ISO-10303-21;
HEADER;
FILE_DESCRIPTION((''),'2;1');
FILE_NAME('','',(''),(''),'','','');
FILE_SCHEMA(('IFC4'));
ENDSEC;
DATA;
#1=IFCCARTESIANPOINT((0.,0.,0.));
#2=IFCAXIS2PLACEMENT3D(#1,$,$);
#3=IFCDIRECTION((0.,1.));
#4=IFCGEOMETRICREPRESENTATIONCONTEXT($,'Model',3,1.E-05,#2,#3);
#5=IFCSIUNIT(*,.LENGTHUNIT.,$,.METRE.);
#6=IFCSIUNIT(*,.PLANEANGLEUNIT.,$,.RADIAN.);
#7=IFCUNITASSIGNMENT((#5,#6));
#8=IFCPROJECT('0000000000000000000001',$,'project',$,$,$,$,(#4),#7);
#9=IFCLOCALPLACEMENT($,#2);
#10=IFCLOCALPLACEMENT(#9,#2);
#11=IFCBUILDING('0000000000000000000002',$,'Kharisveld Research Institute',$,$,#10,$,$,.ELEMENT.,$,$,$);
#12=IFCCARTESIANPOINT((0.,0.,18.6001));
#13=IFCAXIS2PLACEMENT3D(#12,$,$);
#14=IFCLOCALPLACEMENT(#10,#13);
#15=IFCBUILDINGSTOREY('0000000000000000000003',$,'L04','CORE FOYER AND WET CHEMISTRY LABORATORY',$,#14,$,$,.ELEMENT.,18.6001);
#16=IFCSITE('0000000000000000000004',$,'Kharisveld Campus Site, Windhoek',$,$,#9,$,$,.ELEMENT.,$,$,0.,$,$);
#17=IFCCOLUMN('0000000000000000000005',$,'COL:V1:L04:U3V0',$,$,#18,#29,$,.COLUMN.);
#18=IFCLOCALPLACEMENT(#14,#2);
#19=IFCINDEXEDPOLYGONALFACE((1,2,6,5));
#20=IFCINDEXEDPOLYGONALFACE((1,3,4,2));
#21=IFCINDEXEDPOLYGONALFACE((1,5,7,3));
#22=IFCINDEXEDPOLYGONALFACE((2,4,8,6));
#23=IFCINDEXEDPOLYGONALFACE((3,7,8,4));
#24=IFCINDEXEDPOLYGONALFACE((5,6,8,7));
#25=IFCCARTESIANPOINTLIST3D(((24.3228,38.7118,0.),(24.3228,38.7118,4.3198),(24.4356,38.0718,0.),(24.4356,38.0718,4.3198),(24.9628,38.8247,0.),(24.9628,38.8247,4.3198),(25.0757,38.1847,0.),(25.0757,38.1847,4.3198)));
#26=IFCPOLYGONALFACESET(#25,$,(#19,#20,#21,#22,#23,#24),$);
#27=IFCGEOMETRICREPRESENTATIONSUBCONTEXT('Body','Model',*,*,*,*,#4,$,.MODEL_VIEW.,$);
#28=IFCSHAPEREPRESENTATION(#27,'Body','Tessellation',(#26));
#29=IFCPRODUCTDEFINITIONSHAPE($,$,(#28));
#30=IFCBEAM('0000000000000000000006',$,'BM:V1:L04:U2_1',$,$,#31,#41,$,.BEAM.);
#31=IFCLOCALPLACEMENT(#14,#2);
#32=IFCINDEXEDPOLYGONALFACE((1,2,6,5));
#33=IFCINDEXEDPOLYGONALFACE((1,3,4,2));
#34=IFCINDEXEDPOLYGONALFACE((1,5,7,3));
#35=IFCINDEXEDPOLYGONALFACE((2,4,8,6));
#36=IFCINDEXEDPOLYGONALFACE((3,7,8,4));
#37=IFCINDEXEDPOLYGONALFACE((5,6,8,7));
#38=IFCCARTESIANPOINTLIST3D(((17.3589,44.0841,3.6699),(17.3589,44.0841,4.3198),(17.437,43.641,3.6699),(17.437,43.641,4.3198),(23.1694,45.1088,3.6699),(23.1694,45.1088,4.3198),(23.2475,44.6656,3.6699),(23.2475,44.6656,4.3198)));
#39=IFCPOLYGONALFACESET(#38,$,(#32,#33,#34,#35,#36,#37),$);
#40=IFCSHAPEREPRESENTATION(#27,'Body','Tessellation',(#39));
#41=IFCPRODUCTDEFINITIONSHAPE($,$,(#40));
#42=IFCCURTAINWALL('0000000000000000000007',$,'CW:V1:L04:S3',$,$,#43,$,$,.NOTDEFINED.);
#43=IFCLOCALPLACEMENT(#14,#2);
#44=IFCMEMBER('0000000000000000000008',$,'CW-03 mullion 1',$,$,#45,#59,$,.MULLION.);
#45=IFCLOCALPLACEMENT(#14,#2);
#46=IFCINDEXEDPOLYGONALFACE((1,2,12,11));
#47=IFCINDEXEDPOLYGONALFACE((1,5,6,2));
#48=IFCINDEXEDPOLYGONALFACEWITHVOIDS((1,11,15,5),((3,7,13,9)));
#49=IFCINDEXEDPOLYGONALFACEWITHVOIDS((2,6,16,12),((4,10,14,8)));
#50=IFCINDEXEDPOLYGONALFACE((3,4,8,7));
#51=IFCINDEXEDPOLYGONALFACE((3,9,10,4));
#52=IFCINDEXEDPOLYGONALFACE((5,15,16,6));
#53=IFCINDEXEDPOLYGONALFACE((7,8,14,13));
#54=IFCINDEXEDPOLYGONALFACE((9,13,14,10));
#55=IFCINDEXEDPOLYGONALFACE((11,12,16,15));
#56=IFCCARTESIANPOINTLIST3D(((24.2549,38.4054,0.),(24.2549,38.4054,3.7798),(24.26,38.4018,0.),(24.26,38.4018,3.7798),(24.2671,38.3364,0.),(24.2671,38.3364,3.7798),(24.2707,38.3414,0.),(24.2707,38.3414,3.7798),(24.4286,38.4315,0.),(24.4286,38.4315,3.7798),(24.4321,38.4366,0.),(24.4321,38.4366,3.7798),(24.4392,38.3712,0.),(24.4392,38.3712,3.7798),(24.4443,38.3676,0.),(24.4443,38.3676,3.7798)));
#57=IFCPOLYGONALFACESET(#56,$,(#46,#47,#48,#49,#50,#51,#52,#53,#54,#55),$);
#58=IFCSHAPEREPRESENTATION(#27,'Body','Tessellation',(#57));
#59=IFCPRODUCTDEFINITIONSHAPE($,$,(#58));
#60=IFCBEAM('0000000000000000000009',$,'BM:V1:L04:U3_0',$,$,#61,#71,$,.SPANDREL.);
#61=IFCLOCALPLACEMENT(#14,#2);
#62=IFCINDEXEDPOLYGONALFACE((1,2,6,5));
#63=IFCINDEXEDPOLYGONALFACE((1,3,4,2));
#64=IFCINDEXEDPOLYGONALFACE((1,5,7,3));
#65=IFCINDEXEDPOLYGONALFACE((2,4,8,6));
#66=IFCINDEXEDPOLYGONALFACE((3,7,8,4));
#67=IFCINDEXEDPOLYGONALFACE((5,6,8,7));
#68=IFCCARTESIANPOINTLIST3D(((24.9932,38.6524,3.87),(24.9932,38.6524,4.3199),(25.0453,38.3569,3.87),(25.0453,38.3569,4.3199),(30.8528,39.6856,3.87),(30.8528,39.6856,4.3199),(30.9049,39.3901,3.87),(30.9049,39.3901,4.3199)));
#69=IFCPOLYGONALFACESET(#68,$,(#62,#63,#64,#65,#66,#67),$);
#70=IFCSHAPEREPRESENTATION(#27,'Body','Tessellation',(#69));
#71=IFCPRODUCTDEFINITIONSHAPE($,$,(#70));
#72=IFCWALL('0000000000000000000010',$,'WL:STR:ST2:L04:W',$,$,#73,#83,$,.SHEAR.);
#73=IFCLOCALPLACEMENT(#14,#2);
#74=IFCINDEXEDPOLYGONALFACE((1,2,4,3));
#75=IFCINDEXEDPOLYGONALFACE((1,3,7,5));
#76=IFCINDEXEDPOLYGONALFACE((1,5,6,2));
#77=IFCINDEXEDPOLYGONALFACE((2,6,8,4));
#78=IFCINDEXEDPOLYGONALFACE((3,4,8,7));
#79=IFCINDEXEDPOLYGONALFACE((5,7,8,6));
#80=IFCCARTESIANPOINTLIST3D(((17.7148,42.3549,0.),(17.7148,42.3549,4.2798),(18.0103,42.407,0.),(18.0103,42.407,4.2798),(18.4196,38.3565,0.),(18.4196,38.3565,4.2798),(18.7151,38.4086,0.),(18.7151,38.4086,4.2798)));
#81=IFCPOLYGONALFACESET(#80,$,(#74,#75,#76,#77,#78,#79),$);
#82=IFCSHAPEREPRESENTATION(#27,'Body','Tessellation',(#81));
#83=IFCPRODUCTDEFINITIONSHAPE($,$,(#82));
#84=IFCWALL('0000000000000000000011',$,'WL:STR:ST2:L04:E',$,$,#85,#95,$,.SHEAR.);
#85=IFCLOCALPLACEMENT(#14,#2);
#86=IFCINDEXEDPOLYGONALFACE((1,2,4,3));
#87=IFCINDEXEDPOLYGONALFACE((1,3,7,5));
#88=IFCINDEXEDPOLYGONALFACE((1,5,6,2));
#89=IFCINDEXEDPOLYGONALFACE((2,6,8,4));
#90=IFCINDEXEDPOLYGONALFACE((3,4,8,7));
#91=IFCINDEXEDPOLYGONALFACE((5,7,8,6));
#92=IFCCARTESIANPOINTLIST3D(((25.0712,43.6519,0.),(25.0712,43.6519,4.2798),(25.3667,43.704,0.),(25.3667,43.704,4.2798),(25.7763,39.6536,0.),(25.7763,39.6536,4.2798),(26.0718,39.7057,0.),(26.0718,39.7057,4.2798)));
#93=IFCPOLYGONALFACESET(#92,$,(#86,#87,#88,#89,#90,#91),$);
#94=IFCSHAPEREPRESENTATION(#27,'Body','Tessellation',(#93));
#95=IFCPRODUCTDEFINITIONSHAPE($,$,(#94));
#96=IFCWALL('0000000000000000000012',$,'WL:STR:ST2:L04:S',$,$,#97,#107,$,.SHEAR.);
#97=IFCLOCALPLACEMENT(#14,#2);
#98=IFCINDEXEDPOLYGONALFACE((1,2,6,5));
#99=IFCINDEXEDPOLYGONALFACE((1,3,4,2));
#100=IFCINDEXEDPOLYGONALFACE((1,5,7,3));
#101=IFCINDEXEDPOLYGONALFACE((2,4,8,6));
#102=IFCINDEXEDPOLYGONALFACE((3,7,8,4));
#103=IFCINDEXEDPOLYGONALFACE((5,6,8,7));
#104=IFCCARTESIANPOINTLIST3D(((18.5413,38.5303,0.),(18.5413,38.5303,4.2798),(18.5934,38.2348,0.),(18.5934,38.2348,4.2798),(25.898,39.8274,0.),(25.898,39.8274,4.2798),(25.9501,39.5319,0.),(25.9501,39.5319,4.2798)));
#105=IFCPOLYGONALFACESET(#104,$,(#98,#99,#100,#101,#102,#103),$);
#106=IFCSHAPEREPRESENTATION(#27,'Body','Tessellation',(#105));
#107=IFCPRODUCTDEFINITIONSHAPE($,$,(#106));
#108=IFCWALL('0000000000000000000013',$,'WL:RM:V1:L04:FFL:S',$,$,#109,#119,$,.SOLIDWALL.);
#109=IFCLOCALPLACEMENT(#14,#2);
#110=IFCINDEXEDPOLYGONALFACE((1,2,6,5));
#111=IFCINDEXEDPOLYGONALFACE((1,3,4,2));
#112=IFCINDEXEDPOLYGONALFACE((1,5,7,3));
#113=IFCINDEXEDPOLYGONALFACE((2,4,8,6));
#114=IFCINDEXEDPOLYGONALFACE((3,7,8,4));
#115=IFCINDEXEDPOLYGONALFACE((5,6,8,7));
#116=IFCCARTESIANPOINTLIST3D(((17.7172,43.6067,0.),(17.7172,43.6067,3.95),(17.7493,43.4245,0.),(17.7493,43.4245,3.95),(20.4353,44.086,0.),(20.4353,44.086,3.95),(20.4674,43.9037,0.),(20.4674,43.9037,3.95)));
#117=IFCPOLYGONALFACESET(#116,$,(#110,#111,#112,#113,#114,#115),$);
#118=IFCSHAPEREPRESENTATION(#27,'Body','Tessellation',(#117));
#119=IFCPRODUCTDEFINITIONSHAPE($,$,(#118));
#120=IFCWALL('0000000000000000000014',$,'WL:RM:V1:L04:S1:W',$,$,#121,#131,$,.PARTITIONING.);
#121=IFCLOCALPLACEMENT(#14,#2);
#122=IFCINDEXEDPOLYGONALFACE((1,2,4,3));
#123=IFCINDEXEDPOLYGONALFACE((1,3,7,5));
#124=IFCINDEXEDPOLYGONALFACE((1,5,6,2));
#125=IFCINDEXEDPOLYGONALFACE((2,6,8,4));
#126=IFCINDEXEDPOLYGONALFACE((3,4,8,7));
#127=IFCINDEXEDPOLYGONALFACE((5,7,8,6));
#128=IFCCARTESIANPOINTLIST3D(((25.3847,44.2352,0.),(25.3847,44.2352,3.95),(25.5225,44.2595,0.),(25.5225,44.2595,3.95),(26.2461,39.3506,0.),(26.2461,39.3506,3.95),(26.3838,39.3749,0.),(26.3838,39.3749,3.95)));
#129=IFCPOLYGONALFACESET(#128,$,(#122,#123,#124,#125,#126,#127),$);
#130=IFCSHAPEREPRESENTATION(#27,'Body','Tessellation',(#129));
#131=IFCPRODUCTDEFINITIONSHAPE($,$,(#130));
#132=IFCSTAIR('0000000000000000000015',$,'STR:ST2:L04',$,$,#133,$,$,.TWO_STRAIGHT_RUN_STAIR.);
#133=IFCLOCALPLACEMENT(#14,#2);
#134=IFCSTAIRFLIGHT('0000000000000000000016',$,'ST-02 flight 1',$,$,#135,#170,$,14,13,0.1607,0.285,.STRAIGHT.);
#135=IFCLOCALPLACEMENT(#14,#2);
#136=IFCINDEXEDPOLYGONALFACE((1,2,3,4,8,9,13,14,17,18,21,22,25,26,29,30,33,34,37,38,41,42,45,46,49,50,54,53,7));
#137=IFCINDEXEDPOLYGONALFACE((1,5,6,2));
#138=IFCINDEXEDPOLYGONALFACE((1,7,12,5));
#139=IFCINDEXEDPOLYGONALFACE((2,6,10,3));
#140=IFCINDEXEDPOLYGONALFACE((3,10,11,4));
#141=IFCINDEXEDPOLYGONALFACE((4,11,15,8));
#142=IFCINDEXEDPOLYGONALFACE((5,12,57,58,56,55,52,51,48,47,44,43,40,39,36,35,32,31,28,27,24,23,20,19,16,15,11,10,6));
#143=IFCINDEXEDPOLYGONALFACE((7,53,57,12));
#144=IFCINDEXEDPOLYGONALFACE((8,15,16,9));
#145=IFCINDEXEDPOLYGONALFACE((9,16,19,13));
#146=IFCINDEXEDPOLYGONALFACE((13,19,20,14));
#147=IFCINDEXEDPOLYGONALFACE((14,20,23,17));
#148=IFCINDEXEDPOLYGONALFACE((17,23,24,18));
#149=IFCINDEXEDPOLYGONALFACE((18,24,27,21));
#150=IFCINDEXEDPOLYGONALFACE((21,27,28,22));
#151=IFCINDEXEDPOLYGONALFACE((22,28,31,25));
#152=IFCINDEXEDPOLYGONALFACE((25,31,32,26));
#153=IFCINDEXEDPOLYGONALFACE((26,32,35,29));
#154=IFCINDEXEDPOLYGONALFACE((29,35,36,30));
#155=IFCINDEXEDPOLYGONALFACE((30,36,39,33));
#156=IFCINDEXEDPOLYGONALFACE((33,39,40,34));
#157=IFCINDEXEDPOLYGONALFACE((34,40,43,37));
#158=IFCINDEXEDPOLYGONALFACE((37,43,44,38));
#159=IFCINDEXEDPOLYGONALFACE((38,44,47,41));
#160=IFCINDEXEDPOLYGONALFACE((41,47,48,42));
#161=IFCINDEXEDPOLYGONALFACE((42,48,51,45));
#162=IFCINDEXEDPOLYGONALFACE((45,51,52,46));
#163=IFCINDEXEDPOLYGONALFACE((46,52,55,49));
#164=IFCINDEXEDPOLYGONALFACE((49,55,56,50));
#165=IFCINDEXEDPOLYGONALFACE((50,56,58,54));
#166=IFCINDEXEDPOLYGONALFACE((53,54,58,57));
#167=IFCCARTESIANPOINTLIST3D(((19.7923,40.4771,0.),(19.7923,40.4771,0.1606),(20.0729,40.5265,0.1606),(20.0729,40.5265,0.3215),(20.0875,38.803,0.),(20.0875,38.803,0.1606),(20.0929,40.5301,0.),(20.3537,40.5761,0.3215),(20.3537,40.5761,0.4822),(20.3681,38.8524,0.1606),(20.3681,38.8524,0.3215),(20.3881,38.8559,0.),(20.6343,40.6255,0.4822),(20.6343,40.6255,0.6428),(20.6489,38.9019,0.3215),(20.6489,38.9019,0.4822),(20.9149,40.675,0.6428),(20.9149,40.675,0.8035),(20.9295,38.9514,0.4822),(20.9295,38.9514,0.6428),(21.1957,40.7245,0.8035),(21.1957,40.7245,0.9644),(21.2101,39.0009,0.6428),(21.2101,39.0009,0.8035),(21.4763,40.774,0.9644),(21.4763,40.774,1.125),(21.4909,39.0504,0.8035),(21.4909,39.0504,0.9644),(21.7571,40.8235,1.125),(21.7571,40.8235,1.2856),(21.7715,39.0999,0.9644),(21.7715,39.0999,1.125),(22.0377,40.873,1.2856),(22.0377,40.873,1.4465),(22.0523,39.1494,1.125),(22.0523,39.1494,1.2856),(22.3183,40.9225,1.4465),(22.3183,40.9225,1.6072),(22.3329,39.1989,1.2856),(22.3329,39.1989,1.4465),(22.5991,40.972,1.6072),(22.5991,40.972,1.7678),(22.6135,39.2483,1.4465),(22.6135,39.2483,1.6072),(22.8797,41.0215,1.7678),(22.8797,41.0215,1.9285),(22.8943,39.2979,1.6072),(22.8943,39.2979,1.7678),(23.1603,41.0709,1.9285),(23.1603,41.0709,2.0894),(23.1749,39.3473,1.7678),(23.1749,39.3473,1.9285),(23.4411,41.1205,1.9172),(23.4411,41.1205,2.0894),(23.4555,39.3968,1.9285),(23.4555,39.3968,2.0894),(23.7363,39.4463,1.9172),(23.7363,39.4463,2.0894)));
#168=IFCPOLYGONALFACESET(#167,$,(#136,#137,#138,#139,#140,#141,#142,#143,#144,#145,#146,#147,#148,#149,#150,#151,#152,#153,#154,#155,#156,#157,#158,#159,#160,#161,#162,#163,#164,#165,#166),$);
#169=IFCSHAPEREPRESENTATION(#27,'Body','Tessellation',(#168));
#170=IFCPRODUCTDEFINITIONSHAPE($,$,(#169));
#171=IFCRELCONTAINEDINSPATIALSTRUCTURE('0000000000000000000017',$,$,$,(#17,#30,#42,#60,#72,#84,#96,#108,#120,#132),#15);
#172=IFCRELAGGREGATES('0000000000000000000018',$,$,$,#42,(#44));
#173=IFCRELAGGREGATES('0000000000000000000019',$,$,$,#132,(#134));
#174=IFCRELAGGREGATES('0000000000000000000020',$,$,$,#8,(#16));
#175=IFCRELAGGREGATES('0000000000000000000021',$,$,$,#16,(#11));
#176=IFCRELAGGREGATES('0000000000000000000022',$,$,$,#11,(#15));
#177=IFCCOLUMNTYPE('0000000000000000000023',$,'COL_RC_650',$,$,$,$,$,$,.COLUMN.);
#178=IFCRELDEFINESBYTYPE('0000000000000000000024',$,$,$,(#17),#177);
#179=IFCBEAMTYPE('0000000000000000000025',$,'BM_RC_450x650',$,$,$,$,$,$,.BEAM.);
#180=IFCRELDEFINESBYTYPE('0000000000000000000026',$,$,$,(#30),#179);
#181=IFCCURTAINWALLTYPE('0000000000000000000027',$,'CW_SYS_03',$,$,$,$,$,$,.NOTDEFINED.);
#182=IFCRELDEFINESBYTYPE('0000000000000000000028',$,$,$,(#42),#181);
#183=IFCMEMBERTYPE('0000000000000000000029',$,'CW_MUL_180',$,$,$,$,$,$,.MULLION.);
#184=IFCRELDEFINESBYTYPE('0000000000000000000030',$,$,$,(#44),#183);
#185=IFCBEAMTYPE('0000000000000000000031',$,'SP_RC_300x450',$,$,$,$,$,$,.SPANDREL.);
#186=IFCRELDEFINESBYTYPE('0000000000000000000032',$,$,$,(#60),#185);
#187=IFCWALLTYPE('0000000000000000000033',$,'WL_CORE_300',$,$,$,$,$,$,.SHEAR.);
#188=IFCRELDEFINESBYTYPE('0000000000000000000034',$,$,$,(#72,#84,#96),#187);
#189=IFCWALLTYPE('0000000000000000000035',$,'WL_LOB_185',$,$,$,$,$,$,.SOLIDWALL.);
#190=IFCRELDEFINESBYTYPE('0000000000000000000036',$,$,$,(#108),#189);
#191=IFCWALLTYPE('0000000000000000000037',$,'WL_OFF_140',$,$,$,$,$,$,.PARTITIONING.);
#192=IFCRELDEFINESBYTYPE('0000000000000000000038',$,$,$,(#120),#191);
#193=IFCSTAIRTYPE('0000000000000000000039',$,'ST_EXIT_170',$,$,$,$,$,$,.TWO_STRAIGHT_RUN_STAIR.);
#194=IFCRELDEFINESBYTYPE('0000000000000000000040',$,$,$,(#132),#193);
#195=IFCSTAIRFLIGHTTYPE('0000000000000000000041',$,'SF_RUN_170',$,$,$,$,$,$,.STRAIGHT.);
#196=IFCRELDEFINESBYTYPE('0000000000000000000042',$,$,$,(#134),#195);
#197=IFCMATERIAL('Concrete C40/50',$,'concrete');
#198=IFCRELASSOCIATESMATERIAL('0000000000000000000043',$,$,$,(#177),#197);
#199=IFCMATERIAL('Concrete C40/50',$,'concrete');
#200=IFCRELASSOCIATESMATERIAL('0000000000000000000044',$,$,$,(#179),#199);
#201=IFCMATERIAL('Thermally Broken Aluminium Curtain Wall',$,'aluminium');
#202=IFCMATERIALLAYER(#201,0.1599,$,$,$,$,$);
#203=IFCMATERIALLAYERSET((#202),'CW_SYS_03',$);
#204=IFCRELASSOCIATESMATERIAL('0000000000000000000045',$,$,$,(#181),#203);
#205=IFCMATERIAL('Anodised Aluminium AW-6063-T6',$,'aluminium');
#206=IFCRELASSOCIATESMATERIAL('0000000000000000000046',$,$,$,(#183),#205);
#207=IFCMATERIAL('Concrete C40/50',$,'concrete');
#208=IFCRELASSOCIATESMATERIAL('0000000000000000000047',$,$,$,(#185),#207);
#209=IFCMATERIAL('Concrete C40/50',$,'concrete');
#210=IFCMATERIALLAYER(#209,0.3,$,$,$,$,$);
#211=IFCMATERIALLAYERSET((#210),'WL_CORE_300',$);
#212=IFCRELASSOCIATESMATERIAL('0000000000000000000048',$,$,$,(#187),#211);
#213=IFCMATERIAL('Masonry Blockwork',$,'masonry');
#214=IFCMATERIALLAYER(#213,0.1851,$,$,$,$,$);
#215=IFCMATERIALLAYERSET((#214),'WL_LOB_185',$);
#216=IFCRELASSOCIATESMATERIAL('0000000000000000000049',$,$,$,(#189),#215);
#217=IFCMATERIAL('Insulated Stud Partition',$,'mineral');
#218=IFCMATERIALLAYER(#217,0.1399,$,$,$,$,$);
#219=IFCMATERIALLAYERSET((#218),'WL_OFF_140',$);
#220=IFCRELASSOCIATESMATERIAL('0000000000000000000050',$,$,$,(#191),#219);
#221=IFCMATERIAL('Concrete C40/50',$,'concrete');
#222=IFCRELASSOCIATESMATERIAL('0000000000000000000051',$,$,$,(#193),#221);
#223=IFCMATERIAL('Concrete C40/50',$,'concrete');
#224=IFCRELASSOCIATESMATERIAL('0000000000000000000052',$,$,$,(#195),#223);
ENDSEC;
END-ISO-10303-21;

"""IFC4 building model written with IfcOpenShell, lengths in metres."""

from ifc_helpers import new_model, si_unit, direction, frame, frame_2d, origin, origin_2d, place, context, subcontext, project, spatial, polyline, rectangle, hollow_rectangle, outline, extrude, material, layer, layer_set, material_profile, profile_set, type_object, element, aggregate, save


model = new_model("IFC4")

# Units and contexts
model_context = context("Model", 3, precision=1e-05, world=origin(), true_north=direction((0.0, 1.0)))
body_context = subcontext(model_context, "Body", "Model", "MODEL_VIEW")
ifc_project = project(units=[si_unit("LENGTHUNIT", "METRE"), si_unit("PLANEANGLEUNIT", "RADIAN")], contexts=[model_context])

# Site, building, storey
site_placement = place(None, origin())
site = spatial("IfcSite", under=ifc_project, at=site_placement, Name="Kharisveld Campus Site, Windhoek", CompositionType="ELEMENT", RefElevation=0.0)
building_placement = place(site_placement, origin())
building = spatial("IfcBuilding", under=site, at=building_placement, Name="Kharisveld Research Institute", CompositionType="ELEMENT")
storey_placement = place(building_placement, frame((0.0, 0.0, 18.6001)))
storey = spatial("IfcBuildingStorey", under=building, at=storey_placement, Name="L04", Description="CORE FOYER AND WET CHEMISTRY LABORATORY", CompositionType="ELEMENT", Elevation=18.6001)

# Column
ifc_material_1 = material(Name="Concrete C40/50", Category="concrete")
ifc_material_profile_1 = material_profile(ifc_material_1, rectangle(XDim=0.6499, YDim=0.6499, at=origin_2d()))
ifc_profile_set_1 = profile_set([ifc_material_profile_1], Name="Concrete C40/50")
column_type = type_object("IfcColumnType", Name="COL_RC_650", PredefinedType="COLUMN", material=ifc_profile_set_1)
column_placement = place(storey_placement, frame((24.6992, 38.4482, 0.0), z_axis=(0.0, 0.0, 1.0), x_axis=(0.984808, 0.173648, 0.0)))
element("IfcColumn", 1, at=column_placement, inside=storey, type_object=column_type, Name="COL:V1:L04:U3V0", PredefinedType="COLUMN", context=body_context, shape_type="SweptSolid", body=[
    extrude(rectangle(XDim=0.6499, YDim=0.6499, at=origin_2d()), origin(), (0.0, 0.0, 1.0), 4.3198),
])

# Beam
ifc_material_2 = material(Name="Concrete C40/50", Category="concrete")
ifc_material_profile_2 = material_profile(ifc_material_2, rectangle(XDim=0.45, YDim=0.6499, at=origin_2d()))
ifc_profile_set_2 = profile_set([ifc_material_profile_2], Name="Concrete C40/50")
beam_type_1 = type_object("IfcBeamType", Name="BM_RC_450x650", PredefinedType="BEAM", material=ifc_profile_set_2)
beam_1_placement = place(storey_placement, frame((17.3979, 43.8625, 3.9949), z_axis=(0.984805, 0.173665, 0.0), x_axis=(-0.173665, 0.984805, 0.0)))
element("IfcBeam", 2, at=beam_1_placement, inside=storey, type_object=beam_type_1, Name="BM:V1:L04:U2_1", PredefinedType="BEAM", context=body_context, shape_type="SweptSolid", body=[
    extrude(rectangle(XDim=0.45, YDim=0.6499, at=origin_2d()), origin(), (0.0, 0.0, 1.0), 5.9001),
])

# Curtain wall, member
ifc_material_3 = material(Name="Thermally Broken Aluminium Curtain Wall", Category="aluminium")
ifc_layer_1 = layer(ifc_material_3, 0.1599)
ifc_layer_set_1 = layer_set([ifc_layer_1], Name="CW_SYS_03")
curtain_wall_type = type_object("IfcCurtainWallType", Name="CW_SYS_03", PredefinedType="NOTDEFINED", material=ifc_layer_set_1)
curtain_wall_placement = place(storey_placement, origin())
curtain_wall = element("IfcCurtainWall", 3, at=curtain_wall_placement, inside=storey, type_object=curtain_wall_type, Name="CW:V1:L04:S3", PredefinedType="NOTDEFINED")
ifc_material_4 = material(Name="Anodised Aluminium AW-6063-T6", Category="aluminium")
ifc_material_profile_3 = material_profile(ifc_material_4, hollow_rectangle(XDim=0.0701, YDim=0.1799, WallThickness=0.0044, at=origin_2d()))
ifc_profile_set_3 = profile_set([ifc_material_profile_3], Name="Anodised Aluminium AW-6063-T6")
member_type = type_object("IfcMemberType", Name="CW_MUL_180", PredefinedType="MULLION", material=ifc_profile_set_3)
member_placement = place(storey_placement, frame((24.3496, 38.3865, 0.0), z_axis=(0.0, 0.0, 1.0), x_axis=(0.173648, -0.984808, 0.0)))
member = element("IfcMember", 4, at=member_placement, type_object=member_type, Name="CW-03 mullion 1", PredefinedType="MULLION", context=body_context, shape_type="SweptSolid", body=[
    extrude(hollow_rectangle(XDim=0.0701, YDim=0.1799, WallThickness=0.0044, at=origin_2d()), origin(), (0.0, 0.0, 1.0), 3.7798),
])
aggregate(curtain_wall, [member])

# Beam
ifc_material_5 = material(Name="Concrete C40/50", Category="concrete")
ifc_material_profile_4 = material_profile(ifc_material_5, rectangle(XDim=0.3, YDim=0.45, at=origin_2d()))
ifc_profile_set_4 = profile_set([ifc_material_profile_4], Name="Concrete C40/50")
beam_type_2 = type_object("IfcBeamType", Name="SP_RC_300x450", PredefinedType="SPANDREL", material=ifc_profile_set_4)
beam_2_placement = place(storey_placement, frame((25.0193, 38.5046, 4.095), z_axis=(0.984808, 0.173647, 0.0), x_axis=(-0.173647, 0.984808, 0.0)))
element("IfcBeam", 5, at=beam_2_placement, inside=storey, type_object=beam_type_2, Name="BM:V1:L04:U3_0", PredefinedType="SPANDREL", context=body_context, shape_type="SweptSolid", body=[
    extrude(rectangle(XDim=0.3, YDim=0.45, at=origin_2d()), origin(), (0.0, 0.0, 1.0), 5.95),
])

# Wall
ifc_material_6 = material(Name="Concrete C40/50", Category="concrete")
ifc_layer_2 = layer(ifc_material_6, 0.3)
ifc_layer_set_2 = layer_set([ifc_layer_2], Name="WL_CORE_300")
wall_type_1 = type_object("IfcWallType", Name="WL_CORE_300", PredefinedType="SHEAR", material=ifc_layer_set_2)
wall_1_placement = place(storey_placement, frame((18.5674, 38.3826, 0.0), z_axis=(0.0, 0.0, 1.0), x_axis=(-0.173607, 0.984815, 0.0)))
element("IfcWall", 6, at=wall_1_placement, inside=storey, type_object=wall_type_1, Name="WL:STR:ST2:L04:W", PredefinedType="SHEAR", context=body_context, shape_type="SweptSolid", body=[
    extrude(rectangle(XDim=4.0601, YDim=0.3, at=frame_2d((2.03, 0.0))), origin(), (0.0, 0.0, 1.0), 4.2798),
])

# Walls
wall_2_placement = place(storey_placement, frame((25.219, 43.678, 0.0), z_axis=(0.0, 0.0, 1.0), x_axis=(0.173665, -0.984805, 0.0)))
element("IfcWall", 7, at=wall_2_placement, inside=storey, type_object=wall_type_1, Name="WL:STR:ST2:L04:E", PredefinedType="SHEAR", context=body_context, shape_type="SweptSolid", body=[
    extrude(rectangle(XDim=4.0601, YDim=0.3, at=frame_2d((2.03, 0.0))), origin(), (0.0, 0.0, 1.0), 4.2798),
])
wall_3_placement = place(storey_placement, frame((25.9241, 39.6797, 0.0), z_axis=(0.0, 0.0, 1.0), x_axis=(-0.984809, -0.17364, 0.0)))
element("IfcWall", 8, at=wall_3_placement, inside=storey, type_object=wall_type_1, Name="WL:STR:ST2:L04:S", PredefinedType="SHEAR", context=body_context, shape_type="SweptSolid", body=[
    extrude(rectangle(XDim=7.4702, YDim=0.3, at=frame_2d((3.7351, 0.0))), origin(), (0.0, 0.0, 1.0), 4.2798),
])
ifc_material_7 = material(Name="Masonry Blockwork", Category="masonry")
ifc_layer_3 = layer(ifc_material_7, 0.1851)
ifc_layer_set_3 = layer_set([ifc_layer_3], Name="WL_LOB_185")
wall_type_2 = type_object("IfcWallType", Name="WL_LOB_185", PredefinedType="SOLIDWALL", material=ifc_layer_set_3)
wall_4_placement = place(storey_placement, frame((17.7334, 43.5156, 0.0), z_axis=(0.0, 0.0, 1.0), x_axis=(0.984808, 0.173644, 0.0)))
element("IfcWall", 9, at=wall_4_placement, inside=storey, type_object=wall_type_2, Name="WL:RM:V1:L04:FFL:S", PredefinedType="SOLIDWALL", context=body_context, shape_type="SweptSolid", body=[
    extrude(rectangle(XDim=2.76, YDim=0.1851, at=frame_2d((1.3799, 0.0))), origin(), (0.0, 0.0, 1.0), 3.95),
])

# Wall
ifc_material_8 = material(Name="Insulated Stud Partition", Category="mineral")
ifc_layer_4 = layer(ifc_material_8, 0.1399)
ifc_layer_set_4 = layer_set([ifc_layer_4], Name="WL_OFF_140")
wall_type_3 = type_object("IfcWallType", Name="WL_OFF_140", PredefinedType="PARTITIONING", material=ifc_layer_set_4)
wall_5_placement = place(storey_placement, frame((25.4536, 44.2473, 0.0), z_axis=(0.0, 0.0, 1.0), x_axis=(0.173659, -0.984806, 0.0)))
element("IfcWall", 10, at=wall_5_placement, inside=storey, type_object=wall_type_3, Name="WL:RM:V1:L04:S1:W", PredefinedType="PARTITIONING", context=body_context, shape_type="SweptSolid", body=[
    extrude(rectangle(XDim=4.96, YDim=0.1399, at=frame_2d((2.48, 0.0))), origin(), (0.0, 0.0, 1.0), 3.95),
])

# Stair, stair flight
ifc_material_9 = material(Name="Concrete C40/50", Category="concrete")
stair_type = type_object("IfcStairType", Name="ST_EXIT_170", PredefinedType="TWO_STRAIGHT_RUN_STAIR", material=ifc_material_9)
stair_placement = place(storey_placement, origin())
stair = element("IfcStair", 11, at=stair_placement, inside=storey, type_object=stair_type, Name="STR:ST2:L04", PredefinedType="TWO_STRAIGHT_RUN_STAIR")
ifc_material_10 = material(Name="Concrete C40/50", Category="concrete")
stair_flight_type = type_object("IfcStairFlightType", Name="SF_RUN_170", PredefinedType="STRAIGHT", material=ifc_material_10)
stair_flight_1_placement = place(storey_placement, frame((19.9399, 39.6399, 0.0), z_axis=(0.0, 0.0, 1.0), x_axis=(0.984808, 0.173648, 0.0)))
stair_flight_1 = element("IfcStairFlight", 12, at=stair_flight_1_placement, type_object=stair_flight_type, Name="ST-02 flight 1", NumberOfRisers=14, NumberOfTreads=13, PredefinedType="STRAIGHT", RiserHeight=0.1607, TreadLength=0.285, context=body_context, shape_type="SweptSolid", body=[
    extrude(outline(polyline([(0.0, 0.0), (0.0, 0.1606), (0.2849, 0.1606), (0.2849, 0.3215), (0.5701, 0.3215), (0.5701, 0.4822), (0.855, 0.4822), (0.855, 0.6428), (1.1399, 0.6428), (1.1399, 0.8035), (1.425, 0.8035), (1.425, 0.9644), (1.71, 0.9644), (1.71, 1.125), (1.9951, 1.125), (1.9951, 1.2856), (2.28, 1.2856), (2.28, 1.4465), (2.5649, 1.4465), (2.5649, 1.6072), (2.8501, 1.6072), (2.8501, 1.7678), (3.135, 1.7678), (3.135, 1.9285), (3.4199, 1.9285), (3.4199, 2.0894), (3.7051, 2.0894), (3.7051, 2.25), (3.7051, 1.9172), (0.3052, 0.0), (0.0, 0.0)])), frame((0.0, 0.8501, 0.0), z_axis=(0.0, -1.0, 0.0), x_axis=(1.0, 0.0, 0.0)), (0.0, 0.0, 1.0), 1.7),
])
aggregate(stair, [stair_flight_1])

save(model, "model.ifc")
